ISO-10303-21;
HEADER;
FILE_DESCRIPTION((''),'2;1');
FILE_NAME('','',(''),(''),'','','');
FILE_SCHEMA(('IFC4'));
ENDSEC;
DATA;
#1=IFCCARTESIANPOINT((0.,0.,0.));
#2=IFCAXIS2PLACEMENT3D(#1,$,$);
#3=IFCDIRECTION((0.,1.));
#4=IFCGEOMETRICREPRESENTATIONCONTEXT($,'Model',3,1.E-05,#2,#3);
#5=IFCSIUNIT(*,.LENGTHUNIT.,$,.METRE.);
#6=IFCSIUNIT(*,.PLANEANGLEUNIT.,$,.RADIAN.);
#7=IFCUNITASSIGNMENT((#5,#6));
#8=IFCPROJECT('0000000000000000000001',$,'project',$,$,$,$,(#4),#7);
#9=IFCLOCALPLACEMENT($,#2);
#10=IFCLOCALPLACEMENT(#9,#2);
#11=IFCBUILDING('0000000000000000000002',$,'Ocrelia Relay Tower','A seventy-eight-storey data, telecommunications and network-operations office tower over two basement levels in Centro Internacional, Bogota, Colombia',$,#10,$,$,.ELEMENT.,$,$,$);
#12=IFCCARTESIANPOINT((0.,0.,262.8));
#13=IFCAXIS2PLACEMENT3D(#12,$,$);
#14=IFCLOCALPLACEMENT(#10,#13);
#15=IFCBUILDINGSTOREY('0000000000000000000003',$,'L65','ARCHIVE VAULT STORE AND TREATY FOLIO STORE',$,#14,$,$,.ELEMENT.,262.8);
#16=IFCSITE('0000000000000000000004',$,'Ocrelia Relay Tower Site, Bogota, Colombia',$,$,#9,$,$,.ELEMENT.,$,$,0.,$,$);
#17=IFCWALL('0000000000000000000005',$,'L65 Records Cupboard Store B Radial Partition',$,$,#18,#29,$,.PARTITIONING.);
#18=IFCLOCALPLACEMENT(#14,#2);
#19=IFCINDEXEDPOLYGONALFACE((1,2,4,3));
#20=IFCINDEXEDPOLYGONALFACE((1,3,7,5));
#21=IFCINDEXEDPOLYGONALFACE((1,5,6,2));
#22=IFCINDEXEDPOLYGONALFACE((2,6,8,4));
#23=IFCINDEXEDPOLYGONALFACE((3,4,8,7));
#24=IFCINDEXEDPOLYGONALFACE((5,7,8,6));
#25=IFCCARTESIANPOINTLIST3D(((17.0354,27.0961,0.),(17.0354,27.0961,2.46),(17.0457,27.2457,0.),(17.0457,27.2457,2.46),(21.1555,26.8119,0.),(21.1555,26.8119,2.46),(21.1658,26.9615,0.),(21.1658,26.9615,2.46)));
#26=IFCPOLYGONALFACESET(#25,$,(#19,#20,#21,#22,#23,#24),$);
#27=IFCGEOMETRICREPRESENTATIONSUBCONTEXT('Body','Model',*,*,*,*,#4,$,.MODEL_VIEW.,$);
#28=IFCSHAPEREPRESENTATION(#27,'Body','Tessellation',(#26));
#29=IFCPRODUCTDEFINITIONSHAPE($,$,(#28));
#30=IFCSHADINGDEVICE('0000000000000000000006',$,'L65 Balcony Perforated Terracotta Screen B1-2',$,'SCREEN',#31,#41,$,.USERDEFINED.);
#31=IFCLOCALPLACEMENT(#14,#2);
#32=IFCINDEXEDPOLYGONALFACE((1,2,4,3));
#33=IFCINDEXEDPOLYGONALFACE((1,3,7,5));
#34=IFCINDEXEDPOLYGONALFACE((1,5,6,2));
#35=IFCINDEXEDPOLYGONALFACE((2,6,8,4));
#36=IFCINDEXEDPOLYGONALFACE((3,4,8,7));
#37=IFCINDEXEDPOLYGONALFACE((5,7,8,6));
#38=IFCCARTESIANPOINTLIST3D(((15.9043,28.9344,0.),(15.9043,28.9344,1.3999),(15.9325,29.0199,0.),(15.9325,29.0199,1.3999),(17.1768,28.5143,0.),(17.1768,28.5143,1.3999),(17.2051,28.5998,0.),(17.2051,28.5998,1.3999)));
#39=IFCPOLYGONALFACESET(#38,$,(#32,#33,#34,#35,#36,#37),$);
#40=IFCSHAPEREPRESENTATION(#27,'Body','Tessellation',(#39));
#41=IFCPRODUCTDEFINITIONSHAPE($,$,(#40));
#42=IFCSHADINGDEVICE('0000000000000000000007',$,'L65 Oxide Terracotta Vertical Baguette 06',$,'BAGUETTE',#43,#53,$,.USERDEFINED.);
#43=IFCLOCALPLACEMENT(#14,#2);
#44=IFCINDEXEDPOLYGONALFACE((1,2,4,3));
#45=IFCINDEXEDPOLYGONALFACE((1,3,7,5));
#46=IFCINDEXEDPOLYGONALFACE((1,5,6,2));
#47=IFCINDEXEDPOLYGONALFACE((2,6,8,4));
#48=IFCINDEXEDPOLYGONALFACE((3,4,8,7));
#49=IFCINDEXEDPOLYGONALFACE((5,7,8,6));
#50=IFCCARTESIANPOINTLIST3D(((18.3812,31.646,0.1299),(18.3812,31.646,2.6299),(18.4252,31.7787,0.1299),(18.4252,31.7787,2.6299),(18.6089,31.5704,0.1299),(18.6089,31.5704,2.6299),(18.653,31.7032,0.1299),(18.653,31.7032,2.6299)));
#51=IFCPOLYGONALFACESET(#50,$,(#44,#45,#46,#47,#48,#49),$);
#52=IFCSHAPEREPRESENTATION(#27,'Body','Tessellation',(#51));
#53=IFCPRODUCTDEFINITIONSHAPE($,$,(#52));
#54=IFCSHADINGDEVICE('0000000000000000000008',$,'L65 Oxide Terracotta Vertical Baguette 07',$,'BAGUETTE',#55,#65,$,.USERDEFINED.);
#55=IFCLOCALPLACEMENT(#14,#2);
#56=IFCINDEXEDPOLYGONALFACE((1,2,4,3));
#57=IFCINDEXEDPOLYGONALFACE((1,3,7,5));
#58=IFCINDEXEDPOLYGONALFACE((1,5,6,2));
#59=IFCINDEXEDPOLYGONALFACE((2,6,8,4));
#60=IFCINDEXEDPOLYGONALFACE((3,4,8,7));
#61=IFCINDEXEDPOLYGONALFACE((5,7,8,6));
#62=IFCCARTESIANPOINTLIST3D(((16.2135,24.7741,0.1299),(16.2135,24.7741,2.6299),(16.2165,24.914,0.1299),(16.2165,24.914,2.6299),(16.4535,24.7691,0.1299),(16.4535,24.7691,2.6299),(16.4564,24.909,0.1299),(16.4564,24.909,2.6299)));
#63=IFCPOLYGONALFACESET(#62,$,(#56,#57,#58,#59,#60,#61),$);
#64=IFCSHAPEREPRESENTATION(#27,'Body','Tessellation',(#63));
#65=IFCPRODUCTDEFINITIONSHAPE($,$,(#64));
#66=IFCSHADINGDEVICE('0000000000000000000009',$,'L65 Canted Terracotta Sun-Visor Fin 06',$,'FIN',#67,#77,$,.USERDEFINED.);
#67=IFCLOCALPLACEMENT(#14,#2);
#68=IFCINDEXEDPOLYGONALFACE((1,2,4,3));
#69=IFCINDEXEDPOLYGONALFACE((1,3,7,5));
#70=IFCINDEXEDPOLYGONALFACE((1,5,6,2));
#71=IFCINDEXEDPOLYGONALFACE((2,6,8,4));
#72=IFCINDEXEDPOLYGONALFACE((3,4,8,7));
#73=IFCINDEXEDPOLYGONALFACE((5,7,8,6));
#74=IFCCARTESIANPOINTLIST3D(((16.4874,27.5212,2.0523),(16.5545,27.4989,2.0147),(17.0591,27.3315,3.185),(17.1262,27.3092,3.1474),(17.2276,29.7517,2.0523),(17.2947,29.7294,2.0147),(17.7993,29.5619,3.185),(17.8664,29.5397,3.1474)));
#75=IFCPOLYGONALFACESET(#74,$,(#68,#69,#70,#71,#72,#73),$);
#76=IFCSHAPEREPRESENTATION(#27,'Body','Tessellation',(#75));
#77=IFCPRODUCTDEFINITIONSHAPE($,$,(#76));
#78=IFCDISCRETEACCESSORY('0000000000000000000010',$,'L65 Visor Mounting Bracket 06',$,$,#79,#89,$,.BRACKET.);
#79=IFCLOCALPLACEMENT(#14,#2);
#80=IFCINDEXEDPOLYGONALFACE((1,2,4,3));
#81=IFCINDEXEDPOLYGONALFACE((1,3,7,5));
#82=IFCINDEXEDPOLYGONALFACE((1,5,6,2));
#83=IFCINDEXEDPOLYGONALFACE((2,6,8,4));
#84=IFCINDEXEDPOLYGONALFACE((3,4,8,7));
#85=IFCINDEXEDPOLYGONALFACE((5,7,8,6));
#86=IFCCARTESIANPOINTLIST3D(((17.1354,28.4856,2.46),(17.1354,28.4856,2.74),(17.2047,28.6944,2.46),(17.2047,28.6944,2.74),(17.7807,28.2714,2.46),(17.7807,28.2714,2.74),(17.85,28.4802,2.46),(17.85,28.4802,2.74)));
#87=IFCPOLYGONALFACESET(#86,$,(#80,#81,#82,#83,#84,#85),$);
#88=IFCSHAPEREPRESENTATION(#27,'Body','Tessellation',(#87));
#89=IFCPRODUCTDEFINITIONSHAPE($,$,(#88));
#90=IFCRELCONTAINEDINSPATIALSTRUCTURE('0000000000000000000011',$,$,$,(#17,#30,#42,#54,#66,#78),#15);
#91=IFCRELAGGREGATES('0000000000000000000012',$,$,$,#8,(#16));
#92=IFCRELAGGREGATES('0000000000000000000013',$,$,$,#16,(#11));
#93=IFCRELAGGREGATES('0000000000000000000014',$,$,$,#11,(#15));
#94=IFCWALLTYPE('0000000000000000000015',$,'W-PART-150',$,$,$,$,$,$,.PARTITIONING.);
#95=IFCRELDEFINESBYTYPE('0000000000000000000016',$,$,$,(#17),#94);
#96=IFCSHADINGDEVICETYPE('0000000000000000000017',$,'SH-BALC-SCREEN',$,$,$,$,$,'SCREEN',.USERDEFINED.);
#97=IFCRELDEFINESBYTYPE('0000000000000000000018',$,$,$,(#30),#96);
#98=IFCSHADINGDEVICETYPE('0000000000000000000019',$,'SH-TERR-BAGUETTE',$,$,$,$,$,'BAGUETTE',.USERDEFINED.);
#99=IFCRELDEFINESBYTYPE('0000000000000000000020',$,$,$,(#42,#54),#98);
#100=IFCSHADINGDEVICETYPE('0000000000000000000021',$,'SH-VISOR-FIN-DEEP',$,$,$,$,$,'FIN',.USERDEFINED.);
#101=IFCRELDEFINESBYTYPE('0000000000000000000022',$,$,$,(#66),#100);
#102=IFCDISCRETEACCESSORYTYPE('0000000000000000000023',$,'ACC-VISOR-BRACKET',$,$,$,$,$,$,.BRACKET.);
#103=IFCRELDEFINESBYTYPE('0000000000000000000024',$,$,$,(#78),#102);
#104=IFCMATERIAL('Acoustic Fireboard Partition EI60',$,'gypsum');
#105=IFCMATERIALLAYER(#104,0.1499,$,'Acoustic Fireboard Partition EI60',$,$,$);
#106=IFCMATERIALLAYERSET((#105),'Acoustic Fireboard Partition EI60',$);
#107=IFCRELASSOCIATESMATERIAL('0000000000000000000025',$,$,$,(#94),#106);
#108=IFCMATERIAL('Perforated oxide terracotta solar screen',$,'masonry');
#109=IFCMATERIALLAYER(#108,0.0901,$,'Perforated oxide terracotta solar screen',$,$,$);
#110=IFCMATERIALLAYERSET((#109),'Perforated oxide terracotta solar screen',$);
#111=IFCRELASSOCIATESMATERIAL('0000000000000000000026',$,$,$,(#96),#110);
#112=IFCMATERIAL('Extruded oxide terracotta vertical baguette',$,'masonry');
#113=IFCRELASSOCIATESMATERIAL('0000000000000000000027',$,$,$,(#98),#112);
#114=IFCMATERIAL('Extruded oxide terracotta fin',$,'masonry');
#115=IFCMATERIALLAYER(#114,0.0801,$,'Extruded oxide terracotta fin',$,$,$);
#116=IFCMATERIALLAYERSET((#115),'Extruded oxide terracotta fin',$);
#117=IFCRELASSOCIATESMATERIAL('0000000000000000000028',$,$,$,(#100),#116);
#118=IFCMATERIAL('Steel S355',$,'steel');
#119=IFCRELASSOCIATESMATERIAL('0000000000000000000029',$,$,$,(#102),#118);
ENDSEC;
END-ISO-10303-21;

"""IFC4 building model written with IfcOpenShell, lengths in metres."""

from ifc_helpers import new_model, si_unit, direction, frame, frame_2d, origin, origin_2d, place, context, subcontext, project, spatial, rectangle, extrude, material, layer, layer_set, type_object, element, save


model = new_model("IFC4")

# Units and contexts
model_context = context("Model", 3, precision=1e-05, world=origin(), true_north=direction((0.0, 1.0)))
body_context = subcontext(model_context, "Body", "Model", "MODEL_VIEW")
ifc_project = project(units=[si_unit("LENGTHUNIT", "METRE"), si_unit("PLANEANGLEUNIT", "RADIAN")], contexts=[model_context])

# Site, building, storey
site_placement = place(None, origin())
site = spatial("IfcSite", under=ifc_project, at=site_placement, Name="Ocrelia Relay Tower Site, Bogota, Colombia", CompositionType="ELEMENT", RefElevation=0.0)
building_placement = place(site_placement, origin())
building = spatial("IfcBuilding", under=site, at=building_placement, Name="Ocrelia Relay Tower", Description="A seventy-eight-storey data, telecommunications and network-operations office tower over two basement levels in Centro Internacional, Bogota, Colombia", CompositionType="ELEMENT")
storey_placement = place(building_placement, frame((0.0, 0.0, 262.8)))
storey = spatial("IfcBuildingStorey", under=building, at=storey_placement, Name="L65", Description="ARCHIVE VAULT STORE AND TREATY FOLIO STORE", CompositionType="ELEMENT", Elevation=262.8)

# Shared definitions
ifc_material_1 = material(Name="Steel S355", Category="steel")

# Wall
ifc_material_2 = material(Name="Acoustic Fireboard Partition EI60", Category="gypsum")
ifc_layer_1 = layer(ifc_material_2, 0.1499, Name="Acoustic Fireboard Partition EI60")
ifc_layer_set_1 = layer_set([ifc_layer_1], Name="Acoustic Fireboard Partition EI60")
wall_type_1 = type_object("IfcWallType", Name="W-PART-150", PredefinedType="PARTITIONING", material=ifc_layer_set_1)
wall_1_placement = place(storey_placement, frame((21.1606, 26.8867, 0.0), z_axis=(0.0, 0.0, 1.0), x_axis=(-0.99763, 0.06881, 0.0)))
element("IfcWall", 1, at=wall_1_placement, inside=storey, type_object=wall_type_1, Name="L65 Records Cupboard Store B Radial Partition", PredefinedType="PARTITIONING", context=body_context, shape_type="SweptSolid", body=[
    extrude(rectangle(XDim=4.1299, YDim=0.1499, at=frame_2d((2.0649, 0.0))), origin(), (0.0, 0.0, 1.0), 2.46),
])

# Shading devices
ifc_material_3 = material(Name="Perforated oxide terracotta solar screen", Category="masonry")
ifc_layer_2 = layer(ifc_material_3, 0.0901, Name="Perforated oxide terracotta solar screen")
ifc_layer_set_2 = layer_set([ifc_layer_2], Name="Perforated oxide terracotta solar screen")
shading_device_type_1 = type_object("IfcShadingDeviceType", Name="SH-BALC-SCREEN", ElementType="SCREEN", PredefinedType="USERDEFINED", material=ifc_layer_set_2)
shading_device_1_placement = place(storey_placement, frame((16.5547, 28.7671, 0.0), z_axis=(0.0, 0.0, 1.0), x_axis=(-0.949598, 0.313471, 0.0)))
element("IfcShadingDevice", 2, at=shading_device_1_placement, inside=storey, type_object=shading_device_type_1, Name="L65 Balcony Perforated Terracotta Screen B1-2", ObjectType="SCREEN", PredefinedType="USERDEFINED", context=body_context, shape_type="SweptSolid", body=[
    extrude(rectangle(XDim=1.3401, YDim=0.0901, at=origin_2d()), origin(), (0.0, 0.0, 1.0), 1.3999),
])
ifc_material_4 = material(Name="Extruded oxide terracotta vertical baguette", Category="masonry")
shading_device_type_2 = type_object("IfcShadingDeviceType", Name="SH-TERR-BAGUETTE", ElementType="BAGUETTE", PredefinedType="USERDEFINED", material=ifc_material_4)
for number, where, z_axis, x_axis, name in (
    (3, (18.5171, 31.6746, 0.1299), (0.0, 0.0, 1.0), (-0.314958, -0.949105, 0.0), "L65 Oxide Terracotta Vertical Baguette 06"),
    (4, (16.335, 24.8416, 0.1299), (0.0, 0.0, 1.0), (-0.020879, -0.999782, 0.0), "L65 Oxide Terracotta Vertical Baguette 07"),
):
    element("IfcShadingDevice", number, at=place(storey_placement, frame(where, z_axis=z_axis, x_axis=x_axis)), inside=storey, type_object=shading_device_type_2, Name=name, ObjectType="BAGUETTE", PredefinedType="USERDEFINED", context=body_context, shape_type="SweptSolid", body=[
        extrude(rectangle(XDim=0.1399, YDim=0.24, at=origin_2d()), origin(), (0.0, 0.0, 1.0), 2.5),
    ])
ifc_material_5 = material(Name="Extruded oxide terracotta fin", Category="masonry")
ifc_layer_3 = layer(ifc_material_5, 0.0801, Name="Extruded oxide terracotta fin")
ifc_layer_set_3 = layer_set([ifc_layer_3], Name="Extruded oxide terracotta fin")
shading_device_type_3 = type_object("IfcShadingDeviceType", Name="SH-VISOR-FIN-DEEP", ElementType="FIN", PredefinedType="USERDEFINED", material=ifc_layer_set_3)
shading_device_2_placement = place(storey_placement, frame((17.2104, 28.5193, 2.5811), z_axis=(-0.83801, 0.278092, 0.469472), x_axis=(-0.314958, -0.949105, 0.0)))
element("IfcShadingDevice", 5, at=shading_device_2_placement, inside=storey, type_object=shading_device_type_3, Name="L65 Canted Terracotta Sun-Visor Fin 06", ObjectType="FIN", PredefinedType="USERDEFINED", context=body_context, shape_type="SweptSolid", body=[
    extrude(rectangle(XDim=2.3501, YDim=1.283, at=origin_2d()), origin(), (0.0, 0.0, 1.0), 0.0801),
])

# Discrete accessory
discrete_accessory_type = type_object("IfcDiscreteAccessoryType", Name="ACC-VISOR-BRACKET", PredefinedType="BRACKET", material=ifc_material_1)
discrete_accessory_placement = place(storey_placement, frame((17.4927, 28.4829, 2.46), z_axis=(0.0, 0.0, 1.0), x_axis=(-0.314958, -0.949105, 0.0)))
element("IfcDiscreteAccessory", 6, at=discrete_accessory_placement, inside=storey, type_object=discrete_accessory_type, Name="L65 Visor Mounting Bracket 06", PredefinedType="BRACKET", context=body_context, shape_type="SweptSolid", body=[
    extrude(rectangle(XDim=0.22, YDim=0.6799, at=origin_2d()), origin(), (0.0, 0.0, 1.0), 0.28),
])

save(model, "model.ifc")
